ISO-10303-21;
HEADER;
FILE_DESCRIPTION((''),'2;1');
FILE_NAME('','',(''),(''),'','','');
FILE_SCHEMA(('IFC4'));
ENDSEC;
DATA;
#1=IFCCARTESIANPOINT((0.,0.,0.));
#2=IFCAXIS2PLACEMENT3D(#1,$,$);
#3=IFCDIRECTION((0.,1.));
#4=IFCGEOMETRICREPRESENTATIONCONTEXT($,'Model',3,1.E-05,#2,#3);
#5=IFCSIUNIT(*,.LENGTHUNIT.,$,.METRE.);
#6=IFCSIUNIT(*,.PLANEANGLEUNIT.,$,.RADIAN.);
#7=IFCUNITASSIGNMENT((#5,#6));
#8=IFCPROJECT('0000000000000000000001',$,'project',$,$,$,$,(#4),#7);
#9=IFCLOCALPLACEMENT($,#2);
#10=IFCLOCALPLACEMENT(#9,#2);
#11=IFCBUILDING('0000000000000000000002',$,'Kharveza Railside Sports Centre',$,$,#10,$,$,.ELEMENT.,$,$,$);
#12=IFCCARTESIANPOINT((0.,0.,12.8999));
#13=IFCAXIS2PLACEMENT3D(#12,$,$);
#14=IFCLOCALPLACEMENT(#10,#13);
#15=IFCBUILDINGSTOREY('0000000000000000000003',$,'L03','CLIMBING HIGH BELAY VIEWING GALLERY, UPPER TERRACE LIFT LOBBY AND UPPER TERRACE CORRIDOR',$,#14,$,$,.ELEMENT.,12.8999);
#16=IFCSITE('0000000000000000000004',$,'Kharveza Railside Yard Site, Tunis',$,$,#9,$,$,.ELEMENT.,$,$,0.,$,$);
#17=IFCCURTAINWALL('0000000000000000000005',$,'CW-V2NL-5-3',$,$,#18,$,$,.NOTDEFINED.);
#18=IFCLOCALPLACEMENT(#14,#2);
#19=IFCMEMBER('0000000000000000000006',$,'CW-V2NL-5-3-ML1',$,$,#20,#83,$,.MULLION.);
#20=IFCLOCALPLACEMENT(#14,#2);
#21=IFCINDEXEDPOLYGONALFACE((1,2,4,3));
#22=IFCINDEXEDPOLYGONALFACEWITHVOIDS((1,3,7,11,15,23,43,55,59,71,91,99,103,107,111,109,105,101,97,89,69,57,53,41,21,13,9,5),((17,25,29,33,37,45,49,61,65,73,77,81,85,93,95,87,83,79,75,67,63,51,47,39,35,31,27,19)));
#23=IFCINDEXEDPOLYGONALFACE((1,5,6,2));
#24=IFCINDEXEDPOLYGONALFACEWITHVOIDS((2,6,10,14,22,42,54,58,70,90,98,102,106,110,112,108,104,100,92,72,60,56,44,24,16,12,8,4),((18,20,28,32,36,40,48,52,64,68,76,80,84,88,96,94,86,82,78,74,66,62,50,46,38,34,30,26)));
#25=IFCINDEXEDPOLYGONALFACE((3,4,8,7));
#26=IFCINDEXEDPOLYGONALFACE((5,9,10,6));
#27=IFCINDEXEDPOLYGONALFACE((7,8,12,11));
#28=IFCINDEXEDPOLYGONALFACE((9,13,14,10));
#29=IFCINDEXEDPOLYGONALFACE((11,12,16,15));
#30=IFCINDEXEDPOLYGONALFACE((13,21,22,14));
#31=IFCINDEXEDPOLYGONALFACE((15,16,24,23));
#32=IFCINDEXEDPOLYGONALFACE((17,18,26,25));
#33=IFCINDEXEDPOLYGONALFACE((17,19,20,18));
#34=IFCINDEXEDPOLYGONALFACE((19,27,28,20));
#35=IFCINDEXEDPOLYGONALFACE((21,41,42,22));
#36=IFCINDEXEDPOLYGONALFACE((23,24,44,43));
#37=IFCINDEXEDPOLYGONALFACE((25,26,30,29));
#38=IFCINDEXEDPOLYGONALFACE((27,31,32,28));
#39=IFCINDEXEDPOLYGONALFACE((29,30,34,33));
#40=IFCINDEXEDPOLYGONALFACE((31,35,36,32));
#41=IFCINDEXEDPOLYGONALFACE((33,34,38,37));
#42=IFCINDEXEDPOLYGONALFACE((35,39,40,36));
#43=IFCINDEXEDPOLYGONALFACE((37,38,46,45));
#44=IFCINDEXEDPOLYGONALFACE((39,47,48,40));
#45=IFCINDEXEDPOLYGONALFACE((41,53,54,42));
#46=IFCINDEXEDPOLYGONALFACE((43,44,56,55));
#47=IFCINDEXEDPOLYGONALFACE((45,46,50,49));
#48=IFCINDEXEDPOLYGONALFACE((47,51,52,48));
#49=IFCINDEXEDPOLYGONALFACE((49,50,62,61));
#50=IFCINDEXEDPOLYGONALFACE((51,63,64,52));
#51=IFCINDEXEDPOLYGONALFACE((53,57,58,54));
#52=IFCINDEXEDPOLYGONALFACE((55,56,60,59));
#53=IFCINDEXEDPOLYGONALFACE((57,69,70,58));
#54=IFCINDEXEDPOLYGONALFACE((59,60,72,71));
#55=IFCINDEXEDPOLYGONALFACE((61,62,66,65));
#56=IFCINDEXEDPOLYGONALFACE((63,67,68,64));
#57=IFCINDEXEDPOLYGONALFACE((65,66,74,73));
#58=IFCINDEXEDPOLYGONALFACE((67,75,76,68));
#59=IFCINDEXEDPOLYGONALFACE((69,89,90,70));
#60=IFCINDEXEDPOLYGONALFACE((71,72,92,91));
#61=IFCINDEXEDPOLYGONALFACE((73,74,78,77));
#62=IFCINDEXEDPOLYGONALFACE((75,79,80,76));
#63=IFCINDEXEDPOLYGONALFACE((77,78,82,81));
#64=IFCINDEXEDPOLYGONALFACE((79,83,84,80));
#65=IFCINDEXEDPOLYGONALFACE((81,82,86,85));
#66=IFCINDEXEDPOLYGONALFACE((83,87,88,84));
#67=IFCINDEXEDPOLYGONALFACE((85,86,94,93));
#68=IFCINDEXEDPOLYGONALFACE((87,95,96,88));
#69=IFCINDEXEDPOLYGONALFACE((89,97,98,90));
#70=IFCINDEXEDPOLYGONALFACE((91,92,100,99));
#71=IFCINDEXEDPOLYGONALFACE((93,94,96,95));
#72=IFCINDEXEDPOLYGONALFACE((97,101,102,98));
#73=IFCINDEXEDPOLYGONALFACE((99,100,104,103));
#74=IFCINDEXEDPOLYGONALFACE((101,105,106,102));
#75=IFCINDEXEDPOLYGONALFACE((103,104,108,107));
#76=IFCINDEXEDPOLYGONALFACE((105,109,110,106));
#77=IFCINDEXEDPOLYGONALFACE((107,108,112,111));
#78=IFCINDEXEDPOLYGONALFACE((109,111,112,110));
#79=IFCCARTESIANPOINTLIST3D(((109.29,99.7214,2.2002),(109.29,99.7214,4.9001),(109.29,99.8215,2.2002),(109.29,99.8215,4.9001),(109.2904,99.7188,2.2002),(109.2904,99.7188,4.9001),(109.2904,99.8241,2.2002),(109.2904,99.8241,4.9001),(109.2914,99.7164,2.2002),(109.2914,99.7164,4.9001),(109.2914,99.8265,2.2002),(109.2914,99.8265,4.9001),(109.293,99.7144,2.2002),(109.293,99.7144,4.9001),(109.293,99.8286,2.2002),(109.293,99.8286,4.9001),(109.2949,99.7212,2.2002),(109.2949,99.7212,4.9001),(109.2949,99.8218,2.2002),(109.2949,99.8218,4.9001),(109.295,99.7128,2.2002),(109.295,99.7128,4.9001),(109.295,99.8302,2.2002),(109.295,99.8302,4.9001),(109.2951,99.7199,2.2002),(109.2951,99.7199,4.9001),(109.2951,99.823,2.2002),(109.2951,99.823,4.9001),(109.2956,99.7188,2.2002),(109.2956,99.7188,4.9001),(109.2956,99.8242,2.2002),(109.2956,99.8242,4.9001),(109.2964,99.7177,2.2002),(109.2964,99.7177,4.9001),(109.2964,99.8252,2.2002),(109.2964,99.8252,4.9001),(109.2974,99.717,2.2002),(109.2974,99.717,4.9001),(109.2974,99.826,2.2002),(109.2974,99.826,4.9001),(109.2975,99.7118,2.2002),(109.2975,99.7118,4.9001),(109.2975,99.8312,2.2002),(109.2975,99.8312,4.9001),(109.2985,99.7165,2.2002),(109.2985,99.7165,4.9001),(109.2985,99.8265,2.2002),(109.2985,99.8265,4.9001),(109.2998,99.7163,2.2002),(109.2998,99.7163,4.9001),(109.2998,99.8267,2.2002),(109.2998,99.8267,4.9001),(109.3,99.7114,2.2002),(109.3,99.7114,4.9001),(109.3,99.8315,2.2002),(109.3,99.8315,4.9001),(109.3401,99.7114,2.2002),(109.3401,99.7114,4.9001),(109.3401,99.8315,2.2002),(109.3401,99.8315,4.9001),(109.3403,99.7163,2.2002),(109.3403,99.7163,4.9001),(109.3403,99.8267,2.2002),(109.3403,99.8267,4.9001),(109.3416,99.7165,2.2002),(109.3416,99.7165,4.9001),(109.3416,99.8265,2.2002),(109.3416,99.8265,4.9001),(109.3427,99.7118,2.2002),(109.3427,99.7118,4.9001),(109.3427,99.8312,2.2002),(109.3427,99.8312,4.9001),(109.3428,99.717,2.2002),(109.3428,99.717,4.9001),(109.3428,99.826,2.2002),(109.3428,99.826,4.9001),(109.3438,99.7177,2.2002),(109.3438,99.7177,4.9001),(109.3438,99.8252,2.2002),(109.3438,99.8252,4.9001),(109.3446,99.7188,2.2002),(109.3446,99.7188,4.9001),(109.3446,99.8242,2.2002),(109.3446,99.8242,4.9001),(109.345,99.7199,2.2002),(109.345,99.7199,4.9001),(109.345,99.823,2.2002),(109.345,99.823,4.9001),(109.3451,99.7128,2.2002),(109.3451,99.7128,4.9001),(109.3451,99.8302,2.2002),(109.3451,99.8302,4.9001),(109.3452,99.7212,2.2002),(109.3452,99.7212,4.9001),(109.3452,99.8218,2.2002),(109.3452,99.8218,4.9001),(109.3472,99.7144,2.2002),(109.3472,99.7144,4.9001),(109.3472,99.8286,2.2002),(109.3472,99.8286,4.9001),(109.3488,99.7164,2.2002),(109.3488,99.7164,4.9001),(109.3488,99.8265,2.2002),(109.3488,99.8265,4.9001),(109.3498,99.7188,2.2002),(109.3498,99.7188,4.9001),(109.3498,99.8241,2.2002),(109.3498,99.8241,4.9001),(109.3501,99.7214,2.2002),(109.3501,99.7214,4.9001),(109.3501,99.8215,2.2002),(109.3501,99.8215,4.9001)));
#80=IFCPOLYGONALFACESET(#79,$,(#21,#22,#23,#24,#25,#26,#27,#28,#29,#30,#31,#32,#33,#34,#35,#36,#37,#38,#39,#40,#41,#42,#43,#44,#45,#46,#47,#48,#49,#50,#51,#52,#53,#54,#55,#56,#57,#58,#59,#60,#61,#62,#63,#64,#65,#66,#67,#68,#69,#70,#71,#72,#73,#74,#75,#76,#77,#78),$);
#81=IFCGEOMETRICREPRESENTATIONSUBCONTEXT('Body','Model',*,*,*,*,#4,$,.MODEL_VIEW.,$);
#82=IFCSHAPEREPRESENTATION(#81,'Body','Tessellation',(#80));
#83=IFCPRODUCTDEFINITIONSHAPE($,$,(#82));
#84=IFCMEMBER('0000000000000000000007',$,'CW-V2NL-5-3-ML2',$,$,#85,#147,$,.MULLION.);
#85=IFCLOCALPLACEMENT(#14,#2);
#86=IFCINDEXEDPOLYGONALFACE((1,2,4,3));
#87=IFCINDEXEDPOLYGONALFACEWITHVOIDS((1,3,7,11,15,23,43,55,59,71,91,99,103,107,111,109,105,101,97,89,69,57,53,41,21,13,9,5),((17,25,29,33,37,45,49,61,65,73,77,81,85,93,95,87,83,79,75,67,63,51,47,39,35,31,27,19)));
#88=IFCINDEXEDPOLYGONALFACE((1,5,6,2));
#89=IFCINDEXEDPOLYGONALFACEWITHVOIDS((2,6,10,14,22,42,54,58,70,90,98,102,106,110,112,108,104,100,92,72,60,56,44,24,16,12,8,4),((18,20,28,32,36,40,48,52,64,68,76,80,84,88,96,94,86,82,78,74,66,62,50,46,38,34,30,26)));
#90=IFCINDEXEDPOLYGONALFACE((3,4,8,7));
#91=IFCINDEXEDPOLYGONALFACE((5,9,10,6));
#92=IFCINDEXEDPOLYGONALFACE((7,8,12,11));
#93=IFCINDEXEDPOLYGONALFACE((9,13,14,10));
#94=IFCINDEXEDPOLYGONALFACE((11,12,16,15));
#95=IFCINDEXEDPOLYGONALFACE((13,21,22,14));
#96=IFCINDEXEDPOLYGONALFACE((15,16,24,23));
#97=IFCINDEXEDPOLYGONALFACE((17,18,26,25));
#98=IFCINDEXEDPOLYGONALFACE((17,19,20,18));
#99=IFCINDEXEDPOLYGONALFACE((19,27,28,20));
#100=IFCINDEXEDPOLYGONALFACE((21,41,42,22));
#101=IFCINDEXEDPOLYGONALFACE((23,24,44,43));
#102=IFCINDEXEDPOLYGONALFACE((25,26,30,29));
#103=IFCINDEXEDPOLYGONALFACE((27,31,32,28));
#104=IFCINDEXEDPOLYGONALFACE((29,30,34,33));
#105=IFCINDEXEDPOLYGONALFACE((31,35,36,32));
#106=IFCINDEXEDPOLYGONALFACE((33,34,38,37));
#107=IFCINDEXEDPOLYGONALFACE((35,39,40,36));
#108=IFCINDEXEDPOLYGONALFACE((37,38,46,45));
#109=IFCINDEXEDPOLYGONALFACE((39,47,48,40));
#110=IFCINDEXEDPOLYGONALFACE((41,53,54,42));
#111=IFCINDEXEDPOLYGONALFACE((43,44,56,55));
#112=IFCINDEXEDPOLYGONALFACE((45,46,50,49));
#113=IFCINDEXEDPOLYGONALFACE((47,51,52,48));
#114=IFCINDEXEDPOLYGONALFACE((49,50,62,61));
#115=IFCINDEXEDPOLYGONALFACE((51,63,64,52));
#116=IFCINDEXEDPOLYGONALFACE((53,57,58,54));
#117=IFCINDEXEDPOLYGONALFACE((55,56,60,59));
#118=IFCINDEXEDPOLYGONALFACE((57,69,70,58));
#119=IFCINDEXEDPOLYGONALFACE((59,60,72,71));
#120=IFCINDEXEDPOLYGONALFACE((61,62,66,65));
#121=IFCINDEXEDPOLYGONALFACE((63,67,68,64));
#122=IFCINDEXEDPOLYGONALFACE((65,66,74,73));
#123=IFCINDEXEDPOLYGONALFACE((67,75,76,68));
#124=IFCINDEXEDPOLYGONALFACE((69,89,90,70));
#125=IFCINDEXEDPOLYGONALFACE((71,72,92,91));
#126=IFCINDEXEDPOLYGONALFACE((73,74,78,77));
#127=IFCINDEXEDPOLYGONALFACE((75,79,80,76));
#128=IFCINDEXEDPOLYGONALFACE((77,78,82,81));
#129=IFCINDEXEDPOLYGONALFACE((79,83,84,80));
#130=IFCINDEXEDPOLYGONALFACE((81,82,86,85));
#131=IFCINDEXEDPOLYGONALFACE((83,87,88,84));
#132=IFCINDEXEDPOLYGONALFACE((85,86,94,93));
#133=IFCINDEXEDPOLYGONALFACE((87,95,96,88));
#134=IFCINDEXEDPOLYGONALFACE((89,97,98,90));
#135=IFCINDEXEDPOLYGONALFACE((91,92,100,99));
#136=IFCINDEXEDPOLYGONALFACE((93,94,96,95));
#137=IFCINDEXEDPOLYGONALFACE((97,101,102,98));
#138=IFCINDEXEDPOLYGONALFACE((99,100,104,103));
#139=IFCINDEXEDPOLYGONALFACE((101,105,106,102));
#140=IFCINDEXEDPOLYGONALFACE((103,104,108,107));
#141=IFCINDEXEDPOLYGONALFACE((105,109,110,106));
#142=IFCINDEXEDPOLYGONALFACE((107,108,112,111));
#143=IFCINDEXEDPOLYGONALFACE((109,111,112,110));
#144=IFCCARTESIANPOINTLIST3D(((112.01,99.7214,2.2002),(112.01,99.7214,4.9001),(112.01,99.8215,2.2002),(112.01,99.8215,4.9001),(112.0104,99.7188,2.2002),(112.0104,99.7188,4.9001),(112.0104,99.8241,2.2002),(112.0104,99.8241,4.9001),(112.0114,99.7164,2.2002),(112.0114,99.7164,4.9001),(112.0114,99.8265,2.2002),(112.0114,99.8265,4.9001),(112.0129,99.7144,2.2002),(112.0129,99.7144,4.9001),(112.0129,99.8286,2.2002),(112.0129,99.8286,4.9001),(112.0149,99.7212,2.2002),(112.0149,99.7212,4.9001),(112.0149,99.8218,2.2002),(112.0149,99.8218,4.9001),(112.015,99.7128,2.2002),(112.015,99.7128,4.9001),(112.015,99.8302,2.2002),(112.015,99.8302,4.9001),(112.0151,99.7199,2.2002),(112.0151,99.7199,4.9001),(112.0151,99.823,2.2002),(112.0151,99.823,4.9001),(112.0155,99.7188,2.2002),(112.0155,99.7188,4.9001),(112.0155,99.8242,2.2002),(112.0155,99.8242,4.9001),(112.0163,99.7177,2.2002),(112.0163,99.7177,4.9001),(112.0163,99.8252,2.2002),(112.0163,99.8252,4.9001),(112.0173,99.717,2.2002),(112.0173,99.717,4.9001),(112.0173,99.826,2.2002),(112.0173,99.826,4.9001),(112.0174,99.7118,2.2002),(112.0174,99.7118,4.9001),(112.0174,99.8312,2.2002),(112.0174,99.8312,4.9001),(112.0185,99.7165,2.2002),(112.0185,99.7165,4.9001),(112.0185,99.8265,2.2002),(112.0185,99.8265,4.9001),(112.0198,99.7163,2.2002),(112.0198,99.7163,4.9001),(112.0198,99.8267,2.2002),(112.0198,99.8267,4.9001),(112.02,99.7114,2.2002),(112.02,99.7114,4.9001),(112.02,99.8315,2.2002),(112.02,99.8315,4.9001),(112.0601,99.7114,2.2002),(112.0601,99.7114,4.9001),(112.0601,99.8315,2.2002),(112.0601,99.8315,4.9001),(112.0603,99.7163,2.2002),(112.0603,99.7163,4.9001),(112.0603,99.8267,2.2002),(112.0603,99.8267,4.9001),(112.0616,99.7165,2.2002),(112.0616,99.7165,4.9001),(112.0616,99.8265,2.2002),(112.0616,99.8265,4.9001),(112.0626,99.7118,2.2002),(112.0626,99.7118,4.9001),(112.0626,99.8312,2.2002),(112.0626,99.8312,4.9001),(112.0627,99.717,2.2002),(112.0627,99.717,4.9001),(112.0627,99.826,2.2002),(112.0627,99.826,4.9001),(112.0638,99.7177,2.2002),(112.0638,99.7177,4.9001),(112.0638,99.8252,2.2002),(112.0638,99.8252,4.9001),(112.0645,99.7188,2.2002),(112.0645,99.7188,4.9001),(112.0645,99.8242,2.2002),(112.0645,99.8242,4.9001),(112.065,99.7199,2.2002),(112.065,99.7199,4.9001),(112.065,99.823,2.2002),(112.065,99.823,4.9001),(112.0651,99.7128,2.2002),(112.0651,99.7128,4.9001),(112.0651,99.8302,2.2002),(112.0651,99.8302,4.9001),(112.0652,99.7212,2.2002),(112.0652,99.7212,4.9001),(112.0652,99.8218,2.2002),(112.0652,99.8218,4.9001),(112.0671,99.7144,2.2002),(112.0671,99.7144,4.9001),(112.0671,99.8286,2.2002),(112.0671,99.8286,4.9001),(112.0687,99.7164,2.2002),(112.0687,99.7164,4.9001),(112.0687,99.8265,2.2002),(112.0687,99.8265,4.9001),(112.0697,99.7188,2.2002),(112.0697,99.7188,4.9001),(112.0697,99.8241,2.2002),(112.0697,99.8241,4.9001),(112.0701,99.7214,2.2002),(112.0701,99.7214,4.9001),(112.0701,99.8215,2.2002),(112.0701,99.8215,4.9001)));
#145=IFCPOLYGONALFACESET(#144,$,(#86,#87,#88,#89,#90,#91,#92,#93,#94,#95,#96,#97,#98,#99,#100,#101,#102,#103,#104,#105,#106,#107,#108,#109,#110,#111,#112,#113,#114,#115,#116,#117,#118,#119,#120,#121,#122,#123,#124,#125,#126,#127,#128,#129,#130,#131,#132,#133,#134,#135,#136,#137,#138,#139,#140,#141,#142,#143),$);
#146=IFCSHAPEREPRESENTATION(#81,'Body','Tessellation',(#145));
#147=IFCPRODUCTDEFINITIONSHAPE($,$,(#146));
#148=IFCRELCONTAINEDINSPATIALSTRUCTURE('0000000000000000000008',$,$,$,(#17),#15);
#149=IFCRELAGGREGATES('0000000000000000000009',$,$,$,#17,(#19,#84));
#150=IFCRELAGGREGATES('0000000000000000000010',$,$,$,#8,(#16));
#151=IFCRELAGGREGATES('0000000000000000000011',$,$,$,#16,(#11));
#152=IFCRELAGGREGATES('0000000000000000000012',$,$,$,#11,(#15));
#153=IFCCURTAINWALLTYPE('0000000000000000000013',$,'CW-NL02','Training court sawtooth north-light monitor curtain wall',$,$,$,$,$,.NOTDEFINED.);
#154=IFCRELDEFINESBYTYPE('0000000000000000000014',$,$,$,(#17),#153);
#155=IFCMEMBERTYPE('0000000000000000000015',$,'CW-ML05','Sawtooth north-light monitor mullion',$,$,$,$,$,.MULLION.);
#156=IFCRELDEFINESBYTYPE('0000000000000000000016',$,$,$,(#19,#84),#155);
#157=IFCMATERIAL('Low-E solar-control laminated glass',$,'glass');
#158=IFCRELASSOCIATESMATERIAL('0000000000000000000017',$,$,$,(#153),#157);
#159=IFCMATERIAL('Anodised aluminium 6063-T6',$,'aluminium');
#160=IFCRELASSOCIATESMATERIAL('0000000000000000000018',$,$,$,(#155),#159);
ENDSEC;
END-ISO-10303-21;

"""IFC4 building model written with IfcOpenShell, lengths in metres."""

from ifc_helpers import new_model, si_unit, direction, frame, origin, origin_2d, place, context, subcontext, project, spatial, hollow_rectangle, extrude, material, material_profile, profile_set, type_object, element, aggregate, save


model = new_model("IFC4")

# Units and contexts
model_context = context("Model", 3, precision=1e-05, world=origin(), true_north=direction((0.0, 1.0)))
body_context = subcontext(model_context, "Body", "Model", "MODEL_VIEW")
ifc_project = project(units=[si_unit("LENGTHUNIT", "METRE"), si_unit("PLANEANGLEUNIT", "RADIAN")], contexts=[model_context])

# Site, building, storey
site_placement = place(None, origin())
site = spatial("IfcSite", under=ifc_project, at=site_placement, Name="Kharveza Railside Yard Site, Tunis", CompositionType="ELEMENT", RefElevation=0.0)
building_placement = place(site_placement, origin())
building = spatial("IfcBuilding", under=site, at=building_placement, Name="Kharveza Railside Sports Centre", CompositionType="ELEMENT")
storey_placement = place(building_placement, frame((0.0, 0.0, 12.8999)))
storey = spatial("IfcBuildingStorey", under=building, at=storey_placement, Name="L03", Description="CLIMBING HIGH BELAY VIEWING GALLERY, UPPER TERRACE LIFT LOBBY AND UPPER TERRACE CORRIDOR", CompositionType="ELEMENT", Elevation=12.8999)

# Curtain wall, members
ifc_material_1 = material(Name="Low-E solar-control laminated glass", Category="glass")
curtain_wall_type = type_object("IfcCurtainWallType", Name="CW-NL02", Description="Training court sawtooth north-light monitor curtain wall", PredefinedType="NOTDEFINED", material=ifc_material_1)
curtain_wall_placement = place(storey_placement, origin())
curtain_wall = element("IfcCurtainWall", 1, at=curtain_wall_placement, inside=storey, type_object=curtain_wall_type, Name="CW-V2NL-5-3", PredefinedType="NOTDEFINED")
ifc_material_2 = material(Name="Anodised aluminium 6063-T6", Category="aluminium")
ifc_material_profile_1 = material_profile(ifc_material_2, hollow_rectangle(XDim=0.0601, YDim=0.1201, WallThickness=0.0049, InnerFilletRadius=0.0049, OuterFilletRadius=0.01, at=origin_2d()), Name="RHS 60x120x5.0")
ifc_profile_set_1 = profile_set([ifc_material_profile_1], Name="Anodised aluminium 6063-T6")
member_type_1 = type_object("IfcMemberType", Name="CW-ML05", Description="Sawtooth north-light monitor mullion", PredefinedType="MULLION", material=ifc_profile_set_1)
member_1_placement = place(storey_placement, frame((109.3201, 99.7715, 2.2002), z_axis=(0.0, 0.0, 1.0), x_axis=(1.0, 0.0, 0.0)))
member_1 = element("IfcMember", 2, at=member_1_placement, type_object=member_type_1, Name="CW-V2NL-5-3-ML1", PredefinedType="MULLION", context=body_context, shape_type="SweptSolid", body=[
    extrude(hollow_rectangle(XDim=0.0601, YDim=0.1201, WallThickness=0.0049, InnerFilletRadius=0.0049, OuterFilletRadius=0.01, at=origin_2d()), origin(), (0.0, 0.0, 1.0), 2.7),
])
member_2_placement = place(storey_placement, frame((112.04, 99.7715, 2.2002), z_axis=(0.0, 0.0, 1.0), x_axis=(1.0, 0.0, 0.0)))
member_2 = element("IfcMember", 3, at=member_2_placement, type_object=member_type_1, Name="CW-V2NL-5-3-ML2", PredefinedType="MULLION", context=body_context, shape_type="SweptSolid", body=[
    extrude(hollow_rectangle(XDim=0.0601, YDim=0.1201, WallThickness=0.0049, InnerFilletRadius=0.0049, OuterFilletRadius=0.01, at=origin_2d()), origin(), (0.0, 0.0, 1.0), 2.7),
])

aggregate(curtain_wall, [member_1, member_2])

save(model, "model.ifc")
